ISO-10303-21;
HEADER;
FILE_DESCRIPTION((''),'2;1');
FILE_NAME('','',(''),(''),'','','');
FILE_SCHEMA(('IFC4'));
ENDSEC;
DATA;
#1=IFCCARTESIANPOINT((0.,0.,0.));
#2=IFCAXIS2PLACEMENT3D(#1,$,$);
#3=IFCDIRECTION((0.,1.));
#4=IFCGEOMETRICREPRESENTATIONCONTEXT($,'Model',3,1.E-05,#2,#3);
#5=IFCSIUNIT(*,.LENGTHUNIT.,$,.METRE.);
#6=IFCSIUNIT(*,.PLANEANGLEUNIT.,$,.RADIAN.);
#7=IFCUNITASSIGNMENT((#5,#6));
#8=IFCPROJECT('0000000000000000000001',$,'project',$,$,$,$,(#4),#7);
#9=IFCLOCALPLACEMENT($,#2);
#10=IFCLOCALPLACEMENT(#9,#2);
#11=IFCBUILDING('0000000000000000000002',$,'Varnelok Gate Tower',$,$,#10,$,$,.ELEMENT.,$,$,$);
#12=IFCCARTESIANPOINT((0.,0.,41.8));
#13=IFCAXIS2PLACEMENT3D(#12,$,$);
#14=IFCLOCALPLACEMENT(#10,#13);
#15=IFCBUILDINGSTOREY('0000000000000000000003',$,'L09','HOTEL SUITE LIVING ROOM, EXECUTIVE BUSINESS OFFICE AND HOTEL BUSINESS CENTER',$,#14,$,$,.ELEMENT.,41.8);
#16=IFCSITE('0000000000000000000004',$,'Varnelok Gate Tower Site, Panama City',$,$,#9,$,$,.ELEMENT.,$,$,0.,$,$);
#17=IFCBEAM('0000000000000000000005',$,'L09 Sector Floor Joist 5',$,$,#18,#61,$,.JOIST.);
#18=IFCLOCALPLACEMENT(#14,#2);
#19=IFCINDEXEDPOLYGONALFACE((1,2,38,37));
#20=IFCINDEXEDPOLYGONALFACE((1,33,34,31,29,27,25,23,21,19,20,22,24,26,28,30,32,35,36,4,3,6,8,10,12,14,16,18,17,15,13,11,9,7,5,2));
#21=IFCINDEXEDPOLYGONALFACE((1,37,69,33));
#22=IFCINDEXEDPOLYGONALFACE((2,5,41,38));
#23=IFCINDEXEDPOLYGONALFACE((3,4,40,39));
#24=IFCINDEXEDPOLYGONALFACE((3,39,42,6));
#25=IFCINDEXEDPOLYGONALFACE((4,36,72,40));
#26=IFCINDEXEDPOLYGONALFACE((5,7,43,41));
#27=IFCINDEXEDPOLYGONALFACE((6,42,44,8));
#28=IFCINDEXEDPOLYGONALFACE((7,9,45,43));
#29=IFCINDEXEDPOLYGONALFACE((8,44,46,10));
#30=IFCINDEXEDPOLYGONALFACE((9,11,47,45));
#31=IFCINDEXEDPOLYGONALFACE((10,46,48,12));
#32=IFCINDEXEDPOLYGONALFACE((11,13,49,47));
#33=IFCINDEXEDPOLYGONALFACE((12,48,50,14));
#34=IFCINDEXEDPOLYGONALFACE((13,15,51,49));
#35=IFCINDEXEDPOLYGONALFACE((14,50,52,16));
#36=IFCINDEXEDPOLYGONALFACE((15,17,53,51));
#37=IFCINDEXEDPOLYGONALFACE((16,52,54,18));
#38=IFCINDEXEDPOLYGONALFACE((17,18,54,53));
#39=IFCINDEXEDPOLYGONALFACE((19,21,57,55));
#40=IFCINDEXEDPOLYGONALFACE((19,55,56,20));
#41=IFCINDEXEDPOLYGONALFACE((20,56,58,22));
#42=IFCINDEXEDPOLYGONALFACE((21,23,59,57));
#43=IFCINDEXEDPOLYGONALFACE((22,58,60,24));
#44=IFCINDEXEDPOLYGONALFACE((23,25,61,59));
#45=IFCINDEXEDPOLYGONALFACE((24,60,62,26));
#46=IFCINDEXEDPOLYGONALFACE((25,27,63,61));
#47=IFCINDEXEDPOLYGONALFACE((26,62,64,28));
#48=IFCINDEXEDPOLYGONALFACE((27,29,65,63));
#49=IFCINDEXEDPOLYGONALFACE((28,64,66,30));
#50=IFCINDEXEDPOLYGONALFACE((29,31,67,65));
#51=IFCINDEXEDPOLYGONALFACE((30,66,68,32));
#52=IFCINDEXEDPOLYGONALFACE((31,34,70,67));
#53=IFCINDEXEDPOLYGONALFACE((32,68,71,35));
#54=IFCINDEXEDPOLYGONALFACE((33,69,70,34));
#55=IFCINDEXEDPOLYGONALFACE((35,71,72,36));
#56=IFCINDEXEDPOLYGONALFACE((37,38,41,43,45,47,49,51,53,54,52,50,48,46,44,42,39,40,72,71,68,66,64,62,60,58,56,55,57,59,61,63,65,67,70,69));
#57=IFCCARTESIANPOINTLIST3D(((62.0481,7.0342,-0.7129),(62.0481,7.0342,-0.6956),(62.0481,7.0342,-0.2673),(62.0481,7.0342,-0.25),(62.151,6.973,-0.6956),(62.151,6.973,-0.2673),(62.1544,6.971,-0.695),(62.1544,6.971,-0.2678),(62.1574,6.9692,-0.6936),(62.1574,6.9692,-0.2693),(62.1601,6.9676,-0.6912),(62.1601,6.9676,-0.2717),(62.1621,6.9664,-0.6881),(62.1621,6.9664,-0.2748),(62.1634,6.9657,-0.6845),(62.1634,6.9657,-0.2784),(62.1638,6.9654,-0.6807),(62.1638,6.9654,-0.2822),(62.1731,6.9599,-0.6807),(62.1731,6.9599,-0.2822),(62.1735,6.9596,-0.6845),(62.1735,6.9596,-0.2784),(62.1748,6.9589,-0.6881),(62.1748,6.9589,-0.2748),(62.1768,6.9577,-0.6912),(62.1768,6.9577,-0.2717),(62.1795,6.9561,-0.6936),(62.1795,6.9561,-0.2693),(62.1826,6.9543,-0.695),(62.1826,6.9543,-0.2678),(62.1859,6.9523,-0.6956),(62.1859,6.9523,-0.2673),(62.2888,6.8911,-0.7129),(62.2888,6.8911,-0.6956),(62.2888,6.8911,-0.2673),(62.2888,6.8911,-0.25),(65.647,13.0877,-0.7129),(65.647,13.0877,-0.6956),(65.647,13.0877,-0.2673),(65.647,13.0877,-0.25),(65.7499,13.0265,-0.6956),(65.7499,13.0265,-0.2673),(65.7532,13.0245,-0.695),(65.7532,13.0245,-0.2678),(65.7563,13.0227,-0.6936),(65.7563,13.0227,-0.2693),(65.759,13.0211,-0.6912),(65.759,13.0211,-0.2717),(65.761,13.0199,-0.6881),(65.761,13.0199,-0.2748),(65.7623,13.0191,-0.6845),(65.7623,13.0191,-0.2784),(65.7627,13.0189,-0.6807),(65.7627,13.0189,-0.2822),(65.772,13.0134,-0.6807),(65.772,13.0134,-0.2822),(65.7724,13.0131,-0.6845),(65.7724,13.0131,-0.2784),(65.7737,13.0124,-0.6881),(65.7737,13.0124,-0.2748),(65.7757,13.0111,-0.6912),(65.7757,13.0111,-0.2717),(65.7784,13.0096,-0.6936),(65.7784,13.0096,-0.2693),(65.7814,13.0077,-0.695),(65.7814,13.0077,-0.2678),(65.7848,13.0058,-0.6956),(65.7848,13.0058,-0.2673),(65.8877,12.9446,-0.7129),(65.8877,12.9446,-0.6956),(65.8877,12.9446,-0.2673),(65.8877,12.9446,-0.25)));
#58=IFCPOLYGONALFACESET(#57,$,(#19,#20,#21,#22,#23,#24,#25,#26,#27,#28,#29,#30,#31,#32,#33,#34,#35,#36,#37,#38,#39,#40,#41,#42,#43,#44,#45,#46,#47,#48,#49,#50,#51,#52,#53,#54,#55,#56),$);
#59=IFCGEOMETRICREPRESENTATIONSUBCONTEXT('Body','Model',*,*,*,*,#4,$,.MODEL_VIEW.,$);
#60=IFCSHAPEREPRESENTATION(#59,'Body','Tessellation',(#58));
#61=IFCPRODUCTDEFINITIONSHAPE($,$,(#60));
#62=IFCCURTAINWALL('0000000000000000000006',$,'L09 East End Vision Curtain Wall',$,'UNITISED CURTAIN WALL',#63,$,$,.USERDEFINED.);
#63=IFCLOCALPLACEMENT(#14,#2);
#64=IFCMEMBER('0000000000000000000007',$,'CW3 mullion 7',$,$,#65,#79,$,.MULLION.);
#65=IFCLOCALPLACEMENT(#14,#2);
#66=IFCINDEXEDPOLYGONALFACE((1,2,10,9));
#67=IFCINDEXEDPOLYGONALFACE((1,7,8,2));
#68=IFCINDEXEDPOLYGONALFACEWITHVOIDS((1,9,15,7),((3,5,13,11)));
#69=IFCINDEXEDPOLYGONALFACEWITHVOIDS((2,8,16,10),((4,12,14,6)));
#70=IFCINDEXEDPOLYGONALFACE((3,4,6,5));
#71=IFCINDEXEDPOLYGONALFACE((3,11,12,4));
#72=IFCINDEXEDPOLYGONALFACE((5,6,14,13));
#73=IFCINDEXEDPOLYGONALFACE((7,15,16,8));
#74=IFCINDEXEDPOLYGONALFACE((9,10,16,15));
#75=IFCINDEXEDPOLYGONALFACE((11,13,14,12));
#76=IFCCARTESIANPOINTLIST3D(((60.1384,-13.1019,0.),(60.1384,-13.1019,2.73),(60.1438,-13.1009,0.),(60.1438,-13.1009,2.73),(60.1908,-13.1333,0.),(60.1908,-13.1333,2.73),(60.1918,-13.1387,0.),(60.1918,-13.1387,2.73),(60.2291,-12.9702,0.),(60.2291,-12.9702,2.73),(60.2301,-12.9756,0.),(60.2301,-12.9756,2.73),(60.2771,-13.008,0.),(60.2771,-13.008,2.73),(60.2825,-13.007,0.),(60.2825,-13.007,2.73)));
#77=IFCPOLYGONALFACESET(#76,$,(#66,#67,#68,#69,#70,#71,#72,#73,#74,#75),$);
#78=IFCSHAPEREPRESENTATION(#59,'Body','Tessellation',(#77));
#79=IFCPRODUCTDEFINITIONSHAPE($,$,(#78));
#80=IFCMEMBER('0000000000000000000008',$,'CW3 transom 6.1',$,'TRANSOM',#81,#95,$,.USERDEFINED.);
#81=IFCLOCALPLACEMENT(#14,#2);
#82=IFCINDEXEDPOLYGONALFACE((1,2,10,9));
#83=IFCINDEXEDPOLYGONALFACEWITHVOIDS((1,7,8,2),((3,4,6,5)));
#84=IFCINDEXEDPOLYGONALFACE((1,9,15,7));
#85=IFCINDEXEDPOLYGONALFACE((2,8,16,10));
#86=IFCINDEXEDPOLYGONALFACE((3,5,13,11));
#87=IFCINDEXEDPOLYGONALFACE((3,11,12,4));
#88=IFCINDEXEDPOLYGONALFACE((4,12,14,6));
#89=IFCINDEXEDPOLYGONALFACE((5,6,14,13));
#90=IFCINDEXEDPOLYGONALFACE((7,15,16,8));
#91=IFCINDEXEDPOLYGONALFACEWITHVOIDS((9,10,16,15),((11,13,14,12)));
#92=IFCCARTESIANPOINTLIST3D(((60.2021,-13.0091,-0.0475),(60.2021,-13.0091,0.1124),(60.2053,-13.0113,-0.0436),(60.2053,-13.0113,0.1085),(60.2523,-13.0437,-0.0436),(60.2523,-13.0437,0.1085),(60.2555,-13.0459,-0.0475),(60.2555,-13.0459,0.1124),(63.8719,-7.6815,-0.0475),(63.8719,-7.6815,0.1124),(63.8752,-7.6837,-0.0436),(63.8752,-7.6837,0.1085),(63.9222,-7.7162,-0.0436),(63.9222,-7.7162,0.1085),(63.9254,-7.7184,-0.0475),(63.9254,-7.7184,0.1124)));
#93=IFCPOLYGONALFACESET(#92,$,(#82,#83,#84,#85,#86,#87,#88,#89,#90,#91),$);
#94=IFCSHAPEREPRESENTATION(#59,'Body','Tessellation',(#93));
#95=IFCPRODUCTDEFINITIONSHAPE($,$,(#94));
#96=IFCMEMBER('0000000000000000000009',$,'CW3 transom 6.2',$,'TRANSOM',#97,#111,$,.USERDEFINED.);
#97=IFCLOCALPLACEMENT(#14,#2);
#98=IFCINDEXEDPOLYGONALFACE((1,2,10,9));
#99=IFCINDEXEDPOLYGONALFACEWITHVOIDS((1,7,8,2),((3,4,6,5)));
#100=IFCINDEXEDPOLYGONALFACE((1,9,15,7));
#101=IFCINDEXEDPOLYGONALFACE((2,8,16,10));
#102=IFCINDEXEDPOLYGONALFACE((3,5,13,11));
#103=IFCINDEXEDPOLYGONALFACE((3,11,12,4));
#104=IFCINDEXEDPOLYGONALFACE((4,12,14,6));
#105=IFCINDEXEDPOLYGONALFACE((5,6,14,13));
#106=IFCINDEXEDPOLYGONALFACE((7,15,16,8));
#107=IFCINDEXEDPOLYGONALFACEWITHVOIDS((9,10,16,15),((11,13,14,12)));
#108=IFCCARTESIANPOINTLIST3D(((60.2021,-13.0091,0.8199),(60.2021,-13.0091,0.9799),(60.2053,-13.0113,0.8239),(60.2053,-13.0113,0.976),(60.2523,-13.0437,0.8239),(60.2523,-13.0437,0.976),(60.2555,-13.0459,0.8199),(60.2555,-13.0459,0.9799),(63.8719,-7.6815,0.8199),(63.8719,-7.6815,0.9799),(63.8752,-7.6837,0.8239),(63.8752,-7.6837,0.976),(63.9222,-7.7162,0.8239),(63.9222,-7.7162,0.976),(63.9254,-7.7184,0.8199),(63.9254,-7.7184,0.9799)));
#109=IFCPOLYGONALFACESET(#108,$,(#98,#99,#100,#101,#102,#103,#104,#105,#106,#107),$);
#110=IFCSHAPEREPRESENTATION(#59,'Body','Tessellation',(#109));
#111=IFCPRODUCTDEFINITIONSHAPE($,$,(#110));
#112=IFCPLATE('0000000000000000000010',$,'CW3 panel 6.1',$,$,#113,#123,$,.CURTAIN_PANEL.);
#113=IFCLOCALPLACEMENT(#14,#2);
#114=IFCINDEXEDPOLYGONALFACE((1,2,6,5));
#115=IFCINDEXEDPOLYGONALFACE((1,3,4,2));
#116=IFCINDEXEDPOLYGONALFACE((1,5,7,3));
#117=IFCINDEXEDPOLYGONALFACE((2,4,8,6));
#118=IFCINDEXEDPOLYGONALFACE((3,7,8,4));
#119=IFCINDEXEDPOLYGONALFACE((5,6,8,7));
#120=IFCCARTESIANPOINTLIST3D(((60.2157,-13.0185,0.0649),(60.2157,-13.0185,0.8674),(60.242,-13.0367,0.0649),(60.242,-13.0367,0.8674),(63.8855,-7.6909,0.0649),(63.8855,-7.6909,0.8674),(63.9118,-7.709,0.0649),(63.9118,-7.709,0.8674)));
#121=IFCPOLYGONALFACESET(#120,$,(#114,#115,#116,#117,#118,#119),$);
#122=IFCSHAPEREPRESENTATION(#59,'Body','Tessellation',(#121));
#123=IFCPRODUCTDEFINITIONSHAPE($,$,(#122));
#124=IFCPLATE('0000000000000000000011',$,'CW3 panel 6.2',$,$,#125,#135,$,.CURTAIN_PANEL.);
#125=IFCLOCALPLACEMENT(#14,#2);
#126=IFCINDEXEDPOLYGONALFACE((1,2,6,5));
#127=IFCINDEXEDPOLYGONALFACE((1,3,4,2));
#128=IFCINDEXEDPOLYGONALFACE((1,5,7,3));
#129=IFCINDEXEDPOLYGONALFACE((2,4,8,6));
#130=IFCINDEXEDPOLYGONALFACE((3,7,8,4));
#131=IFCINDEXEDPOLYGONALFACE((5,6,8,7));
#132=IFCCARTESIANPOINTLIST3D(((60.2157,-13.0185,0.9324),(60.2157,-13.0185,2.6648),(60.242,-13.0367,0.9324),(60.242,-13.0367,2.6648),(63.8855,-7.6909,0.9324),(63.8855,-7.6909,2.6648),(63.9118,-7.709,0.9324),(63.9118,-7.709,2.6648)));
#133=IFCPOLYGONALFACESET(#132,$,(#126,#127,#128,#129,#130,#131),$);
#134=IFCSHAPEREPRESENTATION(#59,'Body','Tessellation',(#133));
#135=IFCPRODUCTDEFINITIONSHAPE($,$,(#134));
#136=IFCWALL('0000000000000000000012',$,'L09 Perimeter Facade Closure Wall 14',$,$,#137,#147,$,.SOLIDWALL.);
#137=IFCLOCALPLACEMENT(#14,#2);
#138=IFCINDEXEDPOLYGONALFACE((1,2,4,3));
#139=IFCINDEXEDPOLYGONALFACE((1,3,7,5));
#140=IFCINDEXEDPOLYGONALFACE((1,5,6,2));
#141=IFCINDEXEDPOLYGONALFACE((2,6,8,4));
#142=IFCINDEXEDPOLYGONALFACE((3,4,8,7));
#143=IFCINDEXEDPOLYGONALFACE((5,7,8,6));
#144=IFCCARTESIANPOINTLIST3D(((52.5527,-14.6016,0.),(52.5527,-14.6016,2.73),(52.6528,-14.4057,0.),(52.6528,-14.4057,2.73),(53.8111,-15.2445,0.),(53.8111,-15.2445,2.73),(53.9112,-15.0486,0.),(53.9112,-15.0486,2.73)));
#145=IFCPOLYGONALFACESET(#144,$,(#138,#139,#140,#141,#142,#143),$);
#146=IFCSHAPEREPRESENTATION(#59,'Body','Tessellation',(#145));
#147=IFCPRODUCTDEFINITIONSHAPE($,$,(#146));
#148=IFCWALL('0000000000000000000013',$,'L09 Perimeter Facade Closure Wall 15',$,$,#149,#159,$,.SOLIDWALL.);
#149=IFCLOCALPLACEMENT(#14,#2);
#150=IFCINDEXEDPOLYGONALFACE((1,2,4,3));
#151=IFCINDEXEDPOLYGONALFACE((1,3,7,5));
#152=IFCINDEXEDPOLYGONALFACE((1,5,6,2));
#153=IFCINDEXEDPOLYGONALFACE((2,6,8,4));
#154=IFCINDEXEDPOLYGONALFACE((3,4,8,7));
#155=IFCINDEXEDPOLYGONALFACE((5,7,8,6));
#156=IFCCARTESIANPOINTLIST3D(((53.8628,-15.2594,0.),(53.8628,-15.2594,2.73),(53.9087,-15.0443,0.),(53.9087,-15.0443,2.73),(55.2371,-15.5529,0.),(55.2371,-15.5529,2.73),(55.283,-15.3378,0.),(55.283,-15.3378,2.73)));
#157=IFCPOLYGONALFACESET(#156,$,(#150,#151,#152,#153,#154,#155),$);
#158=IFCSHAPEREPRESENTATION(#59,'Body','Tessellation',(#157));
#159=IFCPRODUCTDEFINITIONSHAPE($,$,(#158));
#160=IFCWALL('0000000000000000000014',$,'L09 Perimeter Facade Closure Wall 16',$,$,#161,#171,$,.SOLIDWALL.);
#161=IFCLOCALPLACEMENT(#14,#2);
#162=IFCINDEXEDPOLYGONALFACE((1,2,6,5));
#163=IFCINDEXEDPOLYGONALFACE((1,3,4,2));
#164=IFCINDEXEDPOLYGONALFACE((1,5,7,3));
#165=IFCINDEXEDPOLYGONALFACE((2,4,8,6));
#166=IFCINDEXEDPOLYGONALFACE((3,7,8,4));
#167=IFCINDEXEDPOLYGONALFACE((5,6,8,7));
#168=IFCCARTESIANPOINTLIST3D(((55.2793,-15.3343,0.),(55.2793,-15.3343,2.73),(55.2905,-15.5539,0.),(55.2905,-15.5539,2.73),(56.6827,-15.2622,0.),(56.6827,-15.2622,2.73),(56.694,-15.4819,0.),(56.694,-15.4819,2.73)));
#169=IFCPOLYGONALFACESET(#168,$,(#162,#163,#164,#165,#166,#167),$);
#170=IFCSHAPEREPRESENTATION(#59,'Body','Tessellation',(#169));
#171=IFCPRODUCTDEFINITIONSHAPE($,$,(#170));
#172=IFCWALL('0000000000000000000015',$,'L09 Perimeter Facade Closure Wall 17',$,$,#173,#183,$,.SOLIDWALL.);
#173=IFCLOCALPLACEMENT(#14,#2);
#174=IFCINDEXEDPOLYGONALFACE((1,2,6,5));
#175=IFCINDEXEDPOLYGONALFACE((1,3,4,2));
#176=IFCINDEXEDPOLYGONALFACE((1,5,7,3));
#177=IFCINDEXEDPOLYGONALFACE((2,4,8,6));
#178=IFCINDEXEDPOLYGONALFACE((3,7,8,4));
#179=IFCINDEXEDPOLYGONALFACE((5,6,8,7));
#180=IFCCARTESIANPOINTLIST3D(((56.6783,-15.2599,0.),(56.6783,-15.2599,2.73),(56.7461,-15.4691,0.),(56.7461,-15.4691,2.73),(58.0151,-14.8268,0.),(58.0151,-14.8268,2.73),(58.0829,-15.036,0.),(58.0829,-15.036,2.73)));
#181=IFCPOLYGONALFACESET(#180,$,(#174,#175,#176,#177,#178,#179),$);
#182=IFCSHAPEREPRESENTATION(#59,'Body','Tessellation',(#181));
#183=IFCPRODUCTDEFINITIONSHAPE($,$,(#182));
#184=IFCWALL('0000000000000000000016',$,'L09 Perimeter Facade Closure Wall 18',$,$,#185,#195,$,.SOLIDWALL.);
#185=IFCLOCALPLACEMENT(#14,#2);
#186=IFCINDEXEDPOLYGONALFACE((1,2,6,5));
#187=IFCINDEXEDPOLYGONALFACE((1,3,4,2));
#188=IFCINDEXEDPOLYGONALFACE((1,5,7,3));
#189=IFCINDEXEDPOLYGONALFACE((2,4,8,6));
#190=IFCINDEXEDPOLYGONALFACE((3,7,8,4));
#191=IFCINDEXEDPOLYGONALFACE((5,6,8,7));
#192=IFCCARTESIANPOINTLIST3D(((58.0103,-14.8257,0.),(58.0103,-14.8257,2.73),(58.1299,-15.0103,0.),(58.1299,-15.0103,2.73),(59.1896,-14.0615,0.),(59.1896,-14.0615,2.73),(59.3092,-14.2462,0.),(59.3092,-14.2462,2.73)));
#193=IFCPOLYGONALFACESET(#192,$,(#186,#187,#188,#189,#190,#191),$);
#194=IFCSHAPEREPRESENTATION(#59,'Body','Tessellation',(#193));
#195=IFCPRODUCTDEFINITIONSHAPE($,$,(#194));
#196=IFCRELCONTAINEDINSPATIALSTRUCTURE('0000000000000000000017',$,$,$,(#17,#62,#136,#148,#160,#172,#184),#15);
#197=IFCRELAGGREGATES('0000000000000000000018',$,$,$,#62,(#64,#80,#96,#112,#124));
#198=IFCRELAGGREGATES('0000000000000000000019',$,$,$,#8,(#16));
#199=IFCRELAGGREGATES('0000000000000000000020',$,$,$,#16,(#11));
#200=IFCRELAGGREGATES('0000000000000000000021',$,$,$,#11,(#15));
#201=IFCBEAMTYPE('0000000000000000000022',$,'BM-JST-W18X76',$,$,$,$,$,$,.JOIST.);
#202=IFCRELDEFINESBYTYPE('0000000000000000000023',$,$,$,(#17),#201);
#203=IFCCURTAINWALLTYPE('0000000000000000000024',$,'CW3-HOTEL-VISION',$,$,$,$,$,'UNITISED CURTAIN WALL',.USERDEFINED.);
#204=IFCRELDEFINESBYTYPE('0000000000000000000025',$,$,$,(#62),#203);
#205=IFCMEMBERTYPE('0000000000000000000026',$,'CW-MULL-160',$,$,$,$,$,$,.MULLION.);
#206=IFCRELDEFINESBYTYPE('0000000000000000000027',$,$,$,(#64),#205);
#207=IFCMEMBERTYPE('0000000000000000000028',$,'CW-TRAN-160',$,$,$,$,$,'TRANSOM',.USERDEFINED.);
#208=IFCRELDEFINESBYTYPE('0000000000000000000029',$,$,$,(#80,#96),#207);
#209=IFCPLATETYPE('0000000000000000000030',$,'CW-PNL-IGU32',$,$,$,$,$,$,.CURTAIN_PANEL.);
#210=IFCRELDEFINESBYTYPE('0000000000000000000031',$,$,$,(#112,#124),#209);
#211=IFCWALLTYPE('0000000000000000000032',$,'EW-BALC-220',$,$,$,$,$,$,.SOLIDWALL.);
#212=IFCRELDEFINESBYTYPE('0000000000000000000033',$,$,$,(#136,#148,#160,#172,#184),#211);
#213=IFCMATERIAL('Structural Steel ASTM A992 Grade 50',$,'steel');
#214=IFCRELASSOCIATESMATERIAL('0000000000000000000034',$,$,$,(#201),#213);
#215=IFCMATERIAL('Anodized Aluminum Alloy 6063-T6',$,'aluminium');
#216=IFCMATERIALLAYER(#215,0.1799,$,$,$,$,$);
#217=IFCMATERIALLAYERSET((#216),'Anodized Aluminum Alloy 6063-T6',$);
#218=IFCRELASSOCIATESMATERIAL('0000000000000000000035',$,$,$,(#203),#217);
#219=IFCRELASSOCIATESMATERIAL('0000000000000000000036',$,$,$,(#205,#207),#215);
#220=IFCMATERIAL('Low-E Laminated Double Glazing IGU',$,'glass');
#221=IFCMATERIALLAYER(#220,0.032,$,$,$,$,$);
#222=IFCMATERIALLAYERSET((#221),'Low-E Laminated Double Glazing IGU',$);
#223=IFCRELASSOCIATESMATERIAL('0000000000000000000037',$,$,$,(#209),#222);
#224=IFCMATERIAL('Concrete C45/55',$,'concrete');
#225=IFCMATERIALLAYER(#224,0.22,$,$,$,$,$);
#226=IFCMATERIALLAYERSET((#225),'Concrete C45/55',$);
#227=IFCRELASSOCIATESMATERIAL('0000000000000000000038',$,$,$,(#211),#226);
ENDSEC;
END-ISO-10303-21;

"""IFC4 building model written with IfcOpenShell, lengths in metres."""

from ifc_helpers import new_model, si_unit, direction, frame, frame_2d, origin, origin_2d, place, context, subcontext, project, spatial, rectangle, hollow_rectangle, i_section, extrude, source, transform, mapped, material, layer, layer_set, material_profile, profile_set, type_object, element, aggregate, save


model = new_model("IFC4")

# Units and contexts
model_context = context("Model", 3, precision=1e-05, world=origin(), true_north=direction((0.0, 1.0)))
body_context = subcontext(model_context, "Body", "Model", "MODEL_VIEW")
ifc_project = project(units=[si_unit("LENGTHUNIT", "METRE"), si_unit("PLANEANGLEUNIT", "RADIAN")], contexts=[model_context])

# Site, building, storey
site_placement = place(None, origin())
site = spatial("IfcSite", under=ifc_project, at=site_placement, Name="Varnelok Gate Tower Site, Panama City", CompositionType="ELEMENT", RefElevation=0.0)
building_placement = place(site_placement, origin())
building = spatial("IfcBuilding", under=site, at=building_placement, Name="Varnelok Gate Tower", CompositionType="ELEMENT")
storey_placement = place(building_placement, frame((0.0, 0.0, 41.8)))
storey = spatial("IfcBuildingStorey", under=building, at=storey_placement, Name="L09", Description="HOTEL SUITE LIVING ROOM, EXECUTIVE BUSINESS OFFICE AND HOTEL BUSINESS CENTER", CompositionType="ELEMENT", Elevation=41.8)

# Beam
ifc_material_1 = material(Name="Structural Steel ASTM A992 Grade 50", Category="steel")
ifc_material_profile_1 = material_profile(ifc_material_1, i_section(OverallWidth=0.28, OverallDepth=0.4629, WebThickness=0.0107, FlangeThickness=0.0173, FilletRadius=0.0149, at=origin_2d()), Name="W18X76")
ifc_profile_set_1 = profile_set([ifc_material_profile_1], Name="Structural Steel ASTM A992 Grade 50")
beam_type = type_object("IfcBeamType", Name="BM-JST-W18X76", PredefinedType="JOIST", material=ifc_profile_set_1)
beam_placement = place(storey_placement, frame((62.1685, 6.9626, -0.4814), z_axis=(0.511025, 0.859566, 0.0), x_axis=(-0.859566, 0.511025, 0.0)))
element("IfcBeam", 1, at=beam_placement, inside=storey, type_object=beam_type, Name="L09 Sector Floor Joist 5", PredefinedType="JOIST", context=body_context, shape_type="SweptSolid", body=[
    extrude(i_section(OverallWidth=0.28, OverallDepth=0.4629, WebThickness=0.0107, FlangeThickness=0.0173, FilletRadius=0.0149, at=origin_2d()), origin(), (0.0, 0.0, 1.0), 7.0425),
])

# Curtain wall, members, plates
ifc_material_2 = material(Name="Anodized Aluminum Alloy 6063-T6", Category="aluminium")
ifc_layer_1 = layer(ifc_material_2, 0.1799)
ifc_layer_set_1 = layer_set([ifc_layer_1], Name="Anodized Aluminum Alloy 6063-T6")
curtain_wall_type = type_object("IfcCurtainWallType", Name="CW3-HOTEL-VISION", ElementType="UNITISED CURTAIN WALL", PredefinedType="USERDEFINED", material=ifc_layer_set_1)
curtain_wall_placement = place(storey_placement, origin())
curtain_wall = element("IfcCurtainWall", 2, at=curtain_wall_placement, inside=storey, type_object=curtain_wall_type, Name="L09 East End Vision Curtain Wall", ObjectType="UNITISED CURTAIN WALL", PredefinedType="USERDEFINED")
ifc_material_profile_2 = material_profile(ifc_material_2, hollow_rectangle(XDim=0.0649, YDim=0.1599, WallThickness=0.0039, at=origin_2d()), Name="ALU160X65X4")
ifc_profile_set_2 = profile_set([ifc_material_profile_2], Name="Anodized Aluminum Alloy 6063-T6")
member_type_1 = type_object("IfcMemberType", Name="CW-MULL-160", PredefinedType="MULLION", material=ifc_profile_set_2)
member_1_placement = place(storey_placement, frame((60.2104, -13.0544, 0.0), z_axis=(0.0, 0.0, 1.0), x_axis=(0.823533, -0.567269, 0.0)))
member_1 = element("IfcMember", 3, at=member_1_placement, type_object=member_type_1, Name="CW3 mullion 7", PredefinedType="MULLION", context=body_context, shape_type="SweptSolid", body=[
    extrude(hollow_rectangle(XDim=0.0649, YDim=0.1599, WallThickness=0.0039, at=origin_2d()), origin(), (0.0, 0.0, 1.0), 2.73),
])
ifc_material_profile_3 = material_profile(ifc_material_2, hollow_rectangle(XDim=0.0649, YDim=0.1599, WallThickness=0.0039, at=origin_2d()), Name="ALU160X65X4")
ifc_profile_set_3 = profile_set([ifc_material_profile_3], Name="Anodized Aluminum Alloy 6063-T6")
member_type_2 = type_object("IfcMemberType", Name="CW-TRAN-160", ElementType="TRANSOM", PredefinedType="USERDEFINED", material=ifc_profile_set_3)
member_2_placement = place(storey_placement, frame((63.8987, -7.7, 0.0325), z_axis=(-0.567281, -0.823524, 0.0), x_axis=(0.823524, -0.567281, 0.0)))
member_2 = element("IfcMember", 4, at=member_2_placement, type_object=member_type_2, Name="CW3 transom 6.1", ObjectType="TRANSOM", PredefinedType="USERDEFINED", context=body_context, shape_type="SweptSolid", body=[
    extrude(hollow_rectangle(XDim=0.0649, YDim=0.1599, WallThickness=0.0039, at=origin_2d()), origin(), (0.0, 0.0, 1.0), 6.4692),
])
member_3_placement = place(storey_placement, frame((63.8987, -7.7, 0.8999), z_axis=(-0.567281, -0.823524, 0.0), x_axis=(0.823524, -0.567281, 0.0)))
member_3 = element("IfcMember", 5, at=member_3_placement, type_object=member_type_2, Name="CW3 transom 6.2", ObjectType="TRANSOM", PredefinedType="USERDEFINED", context=body_context, shape_type="SweptSolid", body=[
    extrude(hollow_rectangle(XDim=0.0649, YDim=0.1599, WallThickness=0.0039, at=origin_2d()), origin(), (0.0, 0.0, 1.0), 6.4692),
])
ifc_material_3 = material(Name="Low-E Laminated Double Glazing IGU", Category="glass")
ifc_layer_2 = layer(ifc_material_3, 0.032)
ifc_layer_set_2 = layer_set([ifc_layer_2], Name="Low-E Laminated Double Glazing IGU")
plate_type = type_object("IfcPlateType", Name="CW-PNL-IGU32", PredefinedType="CURTAIN_PANEL", material=ifc_layer_set_2)
shared_shape_1 = source(origin(), body_context, "Body", "SweptSolid", [
    extrude(rectangle(XDim=6.4692, YDim=0.032, at=origin_2d()), origin(), (0.0, 0.0, 1.0), 0.8025),
])
plate_1_placement = place(storey_placement, frame((62.0637, -10.3638, 0.0649), z_axis=(0.0, 0.0, 1.0), x_axis=(-0.567269, -0.823533, 0.0)))
plate_1 = element("IfcPlate", 6, at=plate_1_placement, type_object=plate_type, Name="CW3 panel 6.1", PredefinedType="CURTAIN_PANEL", context=body_context, shape_type="MappedRepresentation", body=[
    mapped(shared_shape_1, transform((0.0, 0.0, 0.0), scale=1.0)),
])
shared_shape_2 = source(origin(), body_context, "Body", "SweptSolid", [
    extrude(rectangle(XDim=6.4692, YDim=0.032, at=origin_2d()), origin(), (0.0, 0.0, 1.0), 1.7324),
])
plate_2_placement = place(storey_placement, frame((62.0637, -10.3638, 0.9324), z_axis=(0.0, 0.0, 1.0), x_axis=(-0.567269, -0.823533, 0.0)))
plate_2 = element("IfcPlate", 7, at=plate_2_placement, type_object=plate_type, Name="CW3 panel 6.2", PredefinedType="CURTAIN_PANEL", context=body_context, shape_type="MappedRepresentation", body=[
    mapped(shared_shape_2, transform((0.0, 0.0, 0.0), scale=1.0)),
])
aggregate(curtain_wall, [member_1, member_2, member_3, plate_1, plate_2])

# Walls
ifc_material_4 = material(Name="Concrete C45/55", Category="concrete")
ifc_layer_3 = layer(ifc_material_4, 0.22)
ifc_layer_set_3 = layer_set([ifc_layer_3], Name="Concrete C45/55")
wall_type_1 = type_object("IfcWallType", Name="EW-BALC-220", PredefinedType="SOLIDWALL", material=ifc_layer_set_3)
wall_1_placement = place(storey_placement, frame((52.6028, -14.5037, 0.0), z_axis=(0.0, 0.0, 1.0), x_axis=(0.890523, -0.454938, 0.0)))
element("IfcWall", 8, at=wall_1_placement, inside=storey, type_object=wall_type_1, Name="L09 Perimeter Facade Closure Wall 14", PredefinedType="SOLIDWALL", context=body_context, shape_type="SweptSolid", body=[
    extrude(rectangle(XDim=1.4131, YDim=0.22, at=frame_2d((0.7065, 0.0))), origin(), (0.0, 0.0, 1.0), 2.73),
])
for number, where, z_axis, x_axis, name in (
    (9, (53.8857, -15.1519, 0.0), (0.0, 0.0, 1.0), (0.977952, -0.208829, 0.0), "L09 Perimeter Facade Closure Wall 15"),
    (10, (55.2849, -15.4441, 0.0), (0.0, 0.0, 1.0), (0.998686, 0.051255, 0.0), "L09 Perimeter Facade Closure Wall 16"),
    (11, (56.7122, -15.3645, 0.0), (0.0, 0.0, 1.0), (0.951325, 0.30819, 0.0), "L09 Perimeter Facade Closure Wall 17"),
    (12, (58.0701, -14.918, 0.0), (0.0, 0.0, 1.0), (0.839248, 0.543748, 0.0), "L09 Perimeter Facade Closure Wall 18"),
):
    element("IfcWall", number, at=place(storey_placement, frame(where, z_axis=z_axis, x_axis=x_axis)), inside=storey, type_object=wall_type_1, Name=name, PredefinedType="SOLIDWALL", context=body_context, shape_type="SweptSolid", body=[
        extrude(rectangle(XDim=1.4053, YDim=0.22, at=frame_2d((0.7026, 0.0))), origin(), (0.0, 0.0, 1.0), 2.73),
    ])

save(model, "model.ifc")
